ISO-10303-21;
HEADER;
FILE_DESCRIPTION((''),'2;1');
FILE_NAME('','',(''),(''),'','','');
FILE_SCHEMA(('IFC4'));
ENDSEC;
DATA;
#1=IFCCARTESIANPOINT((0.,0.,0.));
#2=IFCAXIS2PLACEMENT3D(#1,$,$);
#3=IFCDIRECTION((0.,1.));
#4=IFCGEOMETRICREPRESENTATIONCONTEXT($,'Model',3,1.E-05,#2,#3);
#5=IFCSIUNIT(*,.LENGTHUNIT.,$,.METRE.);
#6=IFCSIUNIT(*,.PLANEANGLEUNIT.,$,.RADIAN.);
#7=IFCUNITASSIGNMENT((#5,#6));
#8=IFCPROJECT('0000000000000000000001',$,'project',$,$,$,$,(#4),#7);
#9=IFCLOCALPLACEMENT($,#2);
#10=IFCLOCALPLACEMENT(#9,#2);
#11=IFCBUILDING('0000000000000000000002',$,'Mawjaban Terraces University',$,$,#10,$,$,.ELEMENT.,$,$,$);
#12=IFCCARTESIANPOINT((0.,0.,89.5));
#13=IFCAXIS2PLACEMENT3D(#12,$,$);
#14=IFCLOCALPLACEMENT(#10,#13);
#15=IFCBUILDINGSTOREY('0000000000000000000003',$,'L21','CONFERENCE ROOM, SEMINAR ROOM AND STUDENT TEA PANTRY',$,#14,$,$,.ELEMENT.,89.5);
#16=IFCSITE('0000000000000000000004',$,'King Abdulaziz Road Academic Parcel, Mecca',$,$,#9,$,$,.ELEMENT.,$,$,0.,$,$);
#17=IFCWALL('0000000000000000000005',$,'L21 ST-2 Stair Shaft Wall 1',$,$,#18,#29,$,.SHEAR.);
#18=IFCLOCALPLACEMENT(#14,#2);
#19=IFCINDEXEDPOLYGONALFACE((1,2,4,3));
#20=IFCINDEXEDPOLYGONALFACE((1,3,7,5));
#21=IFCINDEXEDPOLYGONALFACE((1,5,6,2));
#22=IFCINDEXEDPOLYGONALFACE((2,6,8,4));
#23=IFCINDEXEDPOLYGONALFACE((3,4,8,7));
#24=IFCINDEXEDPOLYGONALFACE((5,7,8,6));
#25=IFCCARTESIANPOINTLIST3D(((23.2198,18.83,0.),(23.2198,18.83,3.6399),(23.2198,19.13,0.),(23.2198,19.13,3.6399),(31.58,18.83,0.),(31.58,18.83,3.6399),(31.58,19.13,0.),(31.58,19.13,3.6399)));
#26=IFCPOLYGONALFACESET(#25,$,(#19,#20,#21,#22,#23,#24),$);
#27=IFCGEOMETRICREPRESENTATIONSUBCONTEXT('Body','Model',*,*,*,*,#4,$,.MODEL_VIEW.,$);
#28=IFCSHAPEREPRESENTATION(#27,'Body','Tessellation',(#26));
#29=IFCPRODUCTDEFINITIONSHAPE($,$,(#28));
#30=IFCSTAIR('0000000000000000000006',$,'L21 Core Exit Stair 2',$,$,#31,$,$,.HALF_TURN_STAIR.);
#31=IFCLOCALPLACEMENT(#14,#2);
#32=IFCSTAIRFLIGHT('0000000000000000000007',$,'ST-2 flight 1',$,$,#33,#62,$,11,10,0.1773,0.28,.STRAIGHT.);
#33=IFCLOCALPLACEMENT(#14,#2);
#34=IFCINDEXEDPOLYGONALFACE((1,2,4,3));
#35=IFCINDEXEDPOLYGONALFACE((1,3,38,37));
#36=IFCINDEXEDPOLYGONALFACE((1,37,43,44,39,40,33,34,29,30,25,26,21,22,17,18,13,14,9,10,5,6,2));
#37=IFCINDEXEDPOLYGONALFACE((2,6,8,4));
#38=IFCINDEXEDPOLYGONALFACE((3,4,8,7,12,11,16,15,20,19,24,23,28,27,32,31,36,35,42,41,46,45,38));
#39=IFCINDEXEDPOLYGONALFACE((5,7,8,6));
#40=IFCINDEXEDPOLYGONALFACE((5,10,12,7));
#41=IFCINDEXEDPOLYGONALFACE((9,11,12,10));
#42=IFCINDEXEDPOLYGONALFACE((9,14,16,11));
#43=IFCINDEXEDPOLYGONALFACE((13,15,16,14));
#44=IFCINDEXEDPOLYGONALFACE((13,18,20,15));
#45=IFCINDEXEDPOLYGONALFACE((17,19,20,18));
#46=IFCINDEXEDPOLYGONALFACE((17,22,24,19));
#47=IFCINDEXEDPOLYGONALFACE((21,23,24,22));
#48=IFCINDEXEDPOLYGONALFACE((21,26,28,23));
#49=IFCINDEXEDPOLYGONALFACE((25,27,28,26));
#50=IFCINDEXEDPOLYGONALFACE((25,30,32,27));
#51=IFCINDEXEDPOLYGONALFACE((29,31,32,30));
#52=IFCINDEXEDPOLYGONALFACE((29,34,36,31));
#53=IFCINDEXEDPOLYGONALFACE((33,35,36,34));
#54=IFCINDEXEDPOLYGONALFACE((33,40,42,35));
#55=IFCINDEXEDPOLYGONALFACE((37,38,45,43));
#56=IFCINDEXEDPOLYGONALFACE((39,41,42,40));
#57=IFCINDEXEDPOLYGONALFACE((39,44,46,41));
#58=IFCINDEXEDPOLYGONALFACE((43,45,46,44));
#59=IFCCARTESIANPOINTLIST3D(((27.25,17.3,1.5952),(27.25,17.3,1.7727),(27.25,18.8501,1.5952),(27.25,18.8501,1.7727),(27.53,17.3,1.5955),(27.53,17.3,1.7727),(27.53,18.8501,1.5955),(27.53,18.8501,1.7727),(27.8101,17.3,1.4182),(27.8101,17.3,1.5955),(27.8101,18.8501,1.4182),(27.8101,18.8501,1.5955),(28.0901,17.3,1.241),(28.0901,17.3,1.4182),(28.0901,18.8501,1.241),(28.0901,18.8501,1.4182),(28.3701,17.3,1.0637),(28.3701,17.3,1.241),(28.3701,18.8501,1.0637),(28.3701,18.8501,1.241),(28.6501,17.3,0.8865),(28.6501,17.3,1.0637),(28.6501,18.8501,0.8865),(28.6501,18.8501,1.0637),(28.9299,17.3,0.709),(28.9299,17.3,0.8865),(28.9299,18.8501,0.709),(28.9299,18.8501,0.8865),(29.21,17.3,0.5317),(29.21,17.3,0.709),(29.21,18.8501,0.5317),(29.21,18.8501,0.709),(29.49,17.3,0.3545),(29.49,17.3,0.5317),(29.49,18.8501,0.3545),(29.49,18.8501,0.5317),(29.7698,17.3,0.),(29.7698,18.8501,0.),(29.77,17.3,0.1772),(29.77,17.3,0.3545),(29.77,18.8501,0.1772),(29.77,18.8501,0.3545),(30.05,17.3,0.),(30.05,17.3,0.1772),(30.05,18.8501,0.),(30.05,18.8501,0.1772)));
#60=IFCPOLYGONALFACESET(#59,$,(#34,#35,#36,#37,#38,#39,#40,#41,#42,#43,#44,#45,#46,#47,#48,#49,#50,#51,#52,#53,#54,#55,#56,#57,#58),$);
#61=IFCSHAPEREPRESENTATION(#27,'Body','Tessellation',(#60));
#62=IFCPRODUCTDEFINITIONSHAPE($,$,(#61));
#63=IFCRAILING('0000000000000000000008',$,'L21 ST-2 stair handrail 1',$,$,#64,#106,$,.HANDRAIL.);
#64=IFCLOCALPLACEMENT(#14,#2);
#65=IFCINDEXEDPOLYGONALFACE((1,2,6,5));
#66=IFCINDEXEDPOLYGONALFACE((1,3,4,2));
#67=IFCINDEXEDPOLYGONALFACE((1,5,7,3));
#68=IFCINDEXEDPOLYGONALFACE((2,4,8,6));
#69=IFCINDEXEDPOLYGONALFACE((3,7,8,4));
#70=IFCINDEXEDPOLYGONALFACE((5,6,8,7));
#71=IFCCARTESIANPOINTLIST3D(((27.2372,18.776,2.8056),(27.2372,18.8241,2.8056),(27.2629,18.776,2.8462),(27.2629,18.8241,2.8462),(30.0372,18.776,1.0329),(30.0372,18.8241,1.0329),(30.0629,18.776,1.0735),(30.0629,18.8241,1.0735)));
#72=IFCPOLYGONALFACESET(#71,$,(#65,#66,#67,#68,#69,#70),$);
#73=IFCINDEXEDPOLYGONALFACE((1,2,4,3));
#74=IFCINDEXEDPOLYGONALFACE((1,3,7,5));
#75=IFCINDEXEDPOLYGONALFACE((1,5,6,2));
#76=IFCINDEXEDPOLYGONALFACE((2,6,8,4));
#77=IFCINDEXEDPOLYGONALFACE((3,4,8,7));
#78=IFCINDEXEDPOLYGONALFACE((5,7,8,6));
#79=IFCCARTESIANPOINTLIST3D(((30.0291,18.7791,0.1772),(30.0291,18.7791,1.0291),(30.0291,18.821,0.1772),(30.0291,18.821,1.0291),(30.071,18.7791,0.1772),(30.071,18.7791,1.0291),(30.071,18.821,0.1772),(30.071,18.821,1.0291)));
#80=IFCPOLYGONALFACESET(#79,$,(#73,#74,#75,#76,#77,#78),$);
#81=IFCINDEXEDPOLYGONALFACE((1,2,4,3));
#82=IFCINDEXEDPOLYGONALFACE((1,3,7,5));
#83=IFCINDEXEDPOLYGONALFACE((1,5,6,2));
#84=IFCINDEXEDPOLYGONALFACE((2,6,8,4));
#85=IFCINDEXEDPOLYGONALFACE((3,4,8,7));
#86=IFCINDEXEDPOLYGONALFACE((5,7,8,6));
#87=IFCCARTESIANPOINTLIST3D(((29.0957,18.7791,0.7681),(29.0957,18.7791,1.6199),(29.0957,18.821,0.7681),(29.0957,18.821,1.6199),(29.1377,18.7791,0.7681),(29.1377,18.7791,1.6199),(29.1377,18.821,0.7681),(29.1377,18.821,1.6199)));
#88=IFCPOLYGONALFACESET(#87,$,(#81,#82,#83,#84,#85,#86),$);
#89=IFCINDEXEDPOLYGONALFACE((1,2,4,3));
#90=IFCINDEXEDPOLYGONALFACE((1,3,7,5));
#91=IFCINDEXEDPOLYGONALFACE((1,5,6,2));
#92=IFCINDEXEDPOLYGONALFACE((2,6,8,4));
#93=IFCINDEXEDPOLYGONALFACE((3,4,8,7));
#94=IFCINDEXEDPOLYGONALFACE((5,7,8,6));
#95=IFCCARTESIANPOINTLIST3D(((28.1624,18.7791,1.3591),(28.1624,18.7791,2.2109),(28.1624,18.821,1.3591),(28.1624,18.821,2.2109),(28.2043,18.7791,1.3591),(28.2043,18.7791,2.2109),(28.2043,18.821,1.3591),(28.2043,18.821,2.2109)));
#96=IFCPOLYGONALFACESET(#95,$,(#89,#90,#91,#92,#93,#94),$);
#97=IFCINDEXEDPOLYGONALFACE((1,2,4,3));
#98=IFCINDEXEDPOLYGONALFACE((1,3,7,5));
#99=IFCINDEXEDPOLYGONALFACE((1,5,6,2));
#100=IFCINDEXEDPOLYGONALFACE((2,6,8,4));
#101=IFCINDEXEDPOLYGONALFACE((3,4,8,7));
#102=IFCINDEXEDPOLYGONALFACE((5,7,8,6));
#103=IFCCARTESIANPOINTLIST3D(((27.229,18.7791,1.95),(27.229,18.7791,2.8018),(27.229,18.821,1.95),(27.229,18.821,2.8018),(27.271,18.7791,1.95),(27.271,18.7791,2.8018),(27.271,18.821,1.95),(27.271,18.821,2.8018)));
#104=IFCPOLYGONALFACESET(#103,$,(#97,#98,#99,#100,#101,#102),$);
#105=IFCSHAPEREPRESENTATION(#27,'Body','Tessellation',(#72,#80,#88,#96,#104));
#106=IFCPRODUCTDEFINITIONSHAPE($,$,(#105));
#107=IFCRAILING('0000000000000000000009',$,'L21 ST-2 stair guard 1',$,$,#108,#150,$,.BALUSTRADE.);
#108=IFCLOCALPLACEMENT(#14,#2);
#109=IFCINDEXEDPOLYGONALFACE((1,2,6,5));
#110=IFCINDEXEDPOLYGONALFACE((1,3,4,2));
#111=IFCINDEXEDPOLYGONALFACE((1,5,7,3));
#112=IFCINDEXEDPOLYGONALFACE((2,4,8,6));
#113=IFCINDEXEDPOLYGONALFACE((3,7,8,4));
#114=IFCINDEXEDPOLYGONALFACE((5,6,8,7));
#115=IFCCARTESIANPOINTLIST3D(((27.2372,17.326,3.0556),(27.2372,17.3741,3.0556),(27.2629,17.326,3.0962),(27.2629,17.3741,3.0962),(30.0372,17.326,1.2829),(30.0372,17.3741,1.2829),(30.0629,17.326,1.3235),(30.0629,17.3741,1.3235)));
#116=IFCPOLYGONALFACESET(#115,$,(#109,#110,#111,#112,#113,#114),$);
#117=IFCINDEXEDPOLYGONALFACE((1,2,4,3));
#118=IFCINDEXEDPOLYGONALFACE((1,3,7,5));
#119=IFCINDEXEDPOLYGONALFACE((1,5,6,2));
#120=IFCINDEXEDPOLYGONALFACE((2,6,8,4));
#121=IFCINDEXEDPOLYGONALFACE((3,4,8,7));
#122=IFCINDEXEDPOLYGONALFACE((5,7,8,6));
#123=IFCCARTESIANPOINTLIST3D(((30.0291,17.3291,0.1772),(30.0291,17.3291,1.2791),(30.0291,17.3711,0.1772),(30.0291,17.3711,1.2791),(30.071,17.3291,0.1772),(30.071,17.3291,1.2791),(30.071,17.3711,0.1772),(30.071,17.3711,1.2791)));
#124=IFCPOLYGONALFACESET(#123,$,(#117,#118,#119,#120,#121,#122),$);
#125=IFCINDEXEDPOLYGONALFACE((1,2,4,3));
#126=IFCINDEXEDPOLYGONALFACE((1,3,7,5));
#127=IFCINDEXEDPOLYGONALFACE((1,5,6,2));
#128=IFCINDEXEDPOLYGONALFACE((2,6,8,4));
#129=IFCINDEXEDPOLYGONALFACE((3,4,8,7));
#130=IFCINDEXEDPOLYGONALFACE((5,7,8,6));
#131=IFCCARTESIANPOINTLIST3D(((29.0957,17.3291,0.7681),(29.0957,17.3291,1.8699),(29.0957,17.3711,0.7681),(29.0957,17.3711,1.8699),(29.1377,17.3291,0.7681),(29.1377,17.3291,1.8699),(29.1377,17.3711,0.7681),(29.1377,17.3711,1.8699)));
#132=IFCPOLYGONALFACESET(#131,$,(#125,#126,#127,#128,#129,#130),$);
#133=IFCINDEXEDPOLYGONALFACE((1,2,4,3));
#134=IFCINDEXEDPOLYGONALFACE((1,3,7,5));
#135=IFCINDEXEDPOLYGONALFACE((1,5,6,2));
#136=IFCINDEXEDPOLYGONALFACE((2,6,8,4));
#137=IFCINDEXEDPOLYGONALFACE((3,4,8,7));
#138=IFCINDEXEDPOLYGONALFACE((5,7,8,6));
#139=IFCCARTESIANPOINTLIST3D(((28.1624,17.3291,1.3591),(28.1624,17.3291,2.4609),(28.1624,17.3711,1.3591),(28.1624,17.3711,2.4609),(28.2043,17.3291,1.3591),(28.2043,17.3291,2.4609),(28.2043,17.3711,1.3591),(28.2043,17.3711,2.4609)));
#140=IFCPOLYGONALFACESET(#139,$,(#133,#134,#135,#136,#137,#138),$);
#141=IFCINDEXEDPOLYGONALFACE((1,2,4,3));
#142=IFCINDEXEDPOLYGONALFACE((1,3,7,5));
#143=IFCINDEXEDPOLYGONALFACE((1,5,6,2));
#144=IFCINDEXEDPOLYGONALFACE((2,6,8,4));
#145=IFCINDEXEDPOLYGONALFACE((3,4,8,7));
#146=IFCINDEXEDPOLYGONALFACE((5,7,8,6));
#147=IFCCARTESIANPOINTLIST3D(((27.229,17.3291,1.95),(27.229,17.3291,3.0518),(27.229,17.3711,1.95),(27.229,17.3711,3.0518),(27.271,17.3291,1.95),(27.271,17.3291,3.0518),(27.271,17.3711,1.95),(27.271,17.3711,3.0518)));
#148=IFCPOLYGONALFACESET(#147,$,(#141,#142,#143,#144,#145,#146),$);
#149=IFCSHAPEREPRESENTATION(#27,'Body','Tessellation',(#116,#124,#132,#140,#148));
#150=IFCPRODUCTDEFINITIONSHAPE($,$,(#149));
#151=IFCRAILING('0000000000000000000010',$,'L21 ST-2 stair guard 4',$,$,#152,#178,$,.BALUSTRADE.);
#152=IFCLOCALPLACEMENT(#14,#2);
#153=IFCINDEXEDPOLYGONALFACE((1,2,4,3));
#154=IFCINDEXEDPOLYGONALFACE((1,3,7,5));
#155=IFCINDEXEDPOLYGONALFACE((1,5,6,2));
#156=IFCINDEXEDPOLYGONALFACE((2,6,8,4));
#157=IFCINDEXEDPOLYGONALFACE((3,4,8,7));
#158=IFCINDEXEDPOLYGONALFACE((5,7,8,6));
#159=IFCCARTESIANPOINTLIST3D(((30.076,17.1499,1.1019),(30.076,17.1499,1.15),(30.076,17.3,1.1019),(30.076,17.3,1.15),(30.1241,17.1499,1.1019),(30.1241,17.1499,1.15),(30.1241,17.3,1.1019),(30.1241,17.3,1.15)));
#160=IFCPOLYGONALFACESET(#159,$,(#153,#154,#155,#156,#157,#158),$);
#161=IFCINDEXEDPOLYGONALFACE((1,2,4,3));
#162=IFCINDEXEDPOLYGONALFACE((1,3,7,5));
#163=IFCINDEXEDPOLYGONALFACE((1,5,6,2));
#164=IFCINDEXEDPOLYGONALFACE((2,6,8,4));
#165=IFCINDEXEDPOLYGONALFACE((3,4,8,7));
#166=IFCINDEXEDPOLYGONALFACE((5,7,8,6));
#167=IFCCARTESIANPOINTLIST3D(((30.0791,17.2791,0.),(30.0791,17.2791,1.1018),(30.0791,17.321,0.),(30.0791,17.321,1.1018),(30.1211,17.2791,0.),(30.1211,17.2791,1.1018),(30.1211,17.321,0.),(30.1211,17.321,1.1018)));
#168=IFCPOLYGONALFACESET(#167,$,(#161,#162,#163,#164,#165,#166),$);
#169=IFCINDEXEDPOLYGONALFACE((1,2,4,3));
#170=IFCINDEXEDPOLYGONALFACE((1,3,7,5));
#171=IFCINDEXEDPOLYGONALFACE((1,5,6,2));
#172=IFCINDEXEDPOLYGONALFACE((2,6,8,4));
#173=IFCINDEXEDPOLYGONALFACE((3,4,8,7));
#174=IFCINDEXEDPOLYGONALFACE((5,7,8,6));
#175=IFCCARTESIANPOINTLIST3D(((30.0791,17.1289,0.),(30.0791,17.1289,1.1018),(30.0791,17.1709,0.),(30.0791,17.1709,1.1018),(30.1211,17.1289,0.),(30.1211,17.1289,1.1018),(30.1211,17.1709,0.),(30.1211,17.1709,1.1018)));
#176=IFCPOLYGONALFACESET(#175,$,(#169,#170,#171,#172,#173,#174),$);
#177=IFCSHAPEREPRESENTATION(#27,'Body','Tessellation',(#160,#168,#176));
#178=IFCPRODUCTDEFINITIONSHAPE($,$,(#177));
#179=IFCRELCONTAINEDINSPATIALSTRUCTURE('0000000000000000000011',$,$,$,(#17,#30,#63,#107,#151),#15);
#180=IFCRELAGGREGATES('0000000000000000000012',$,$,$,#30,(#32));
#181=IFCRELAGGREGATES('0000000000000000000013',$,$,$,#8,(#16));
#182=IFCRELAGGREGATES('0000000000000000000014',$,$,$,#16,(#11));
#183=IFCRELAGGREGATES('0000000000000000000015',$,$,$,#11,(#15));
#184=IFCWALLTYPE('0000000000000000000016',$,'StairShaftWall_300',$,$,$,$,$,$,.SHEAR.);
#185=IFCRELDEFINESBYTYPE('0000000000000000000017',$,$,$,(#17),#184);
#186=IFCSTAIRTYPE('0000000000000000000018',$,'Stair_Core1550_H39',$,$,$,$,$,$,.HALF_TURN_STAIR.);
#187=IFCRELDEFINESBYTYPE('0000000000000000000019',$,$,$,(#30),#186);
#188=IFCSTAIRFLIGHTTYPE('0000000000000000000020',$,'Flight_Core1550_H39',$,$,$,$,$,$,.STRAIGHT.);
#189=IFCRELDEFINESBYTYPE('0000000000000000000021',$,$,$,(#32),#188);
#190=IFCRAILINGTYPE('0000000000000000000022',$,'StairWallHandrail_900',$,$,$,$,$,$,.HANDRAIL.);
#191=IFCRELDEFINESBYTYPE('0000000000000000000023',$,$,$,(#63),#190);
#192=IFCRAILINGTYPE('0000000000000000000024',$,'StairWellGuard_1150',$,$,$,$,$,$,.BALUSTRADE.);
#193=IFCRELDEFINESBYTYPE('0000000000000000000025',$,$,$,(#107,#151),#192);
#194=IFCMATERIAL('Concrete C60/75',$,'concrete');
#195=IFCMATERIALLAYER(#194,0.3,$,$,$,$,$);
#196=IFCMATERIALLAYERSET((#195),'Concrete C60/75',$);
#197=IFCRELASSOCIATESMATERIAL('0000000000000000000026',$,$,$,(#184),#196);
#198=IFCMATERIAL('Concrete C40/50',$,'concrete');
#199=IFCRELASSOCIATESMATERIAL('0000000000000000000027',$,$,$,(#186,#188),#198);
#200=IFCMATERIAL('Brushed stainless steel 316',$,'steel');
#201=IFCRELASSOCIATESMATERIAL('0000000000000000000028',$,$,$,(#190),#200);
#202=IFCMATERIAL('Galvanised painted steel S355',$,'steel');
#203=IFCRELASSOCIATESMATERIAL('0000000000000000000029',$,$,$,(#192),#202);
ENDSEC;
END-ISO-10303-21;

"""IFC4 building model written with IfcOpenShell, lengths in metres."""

from ifc_helpers import new_model, si_unit, direction, frame, frame_2d, origin, origin_2d, place, context, subcontext, project, spatial, polyline, rectangle, outline, extrude, material, layer, layer_set, type_object, element, aggregate, save


model = new_model("IFC4")

# Units and contexts
model_context = context("Model", 3, precision=1e-05, world=origin(), true_north=direction((0.0, 1.0)))
body_context = subcontext(model_context, "Body", "Model", "MODEL_VIEW")
ifc_project = project(units=[si_unit("LENGTHUNIT", "METRE"), si_unit("PLANEANGLEUNIT", "RADIAN")], contexts=[model_context])

# Site, building, storey
site_placement = place(None, origin())
site = spatial("IfcSite", under=ifc_project, at=site_placement, Name="King Abdulaziz Road Academic Parcel, Mecca", CompositionType="ELEMENT", RefElevation=0.0)
building_placement = place(site_placement, origin())
building = spatial("IfcBuilding", under=site, at=building_placement, Name="Mawjaban Terraces University", CompositionType="ELEMENT")
storey_placement = place(building_placement, frame((0.0, 0.0, 89.5)))
storey = spatial("IfcBuildingStorey", under=building, at=storey_placement, Name="L21", Description="CONFERENCE ROOM, SEMINAR ROOM AND STUDENT TEA PANTRY", CompositionType="ELEMENT", Elevation=89.5)

# Shared definitions
ifc_material_1 = material(Name="Concrete C40/50", Category="concrete")

# Wall
ifc_material_2 = material(Name="Concrete C60/75", Category="concrete")
ifc_layer_1 = layer(ifc_material_2, 0.3)
ifc_layer_set_1 = layer_set([ifc_layer_1], Name="Concrete C60/75")
wall_type_1 = type_object("IfcWallType", Name="StairShaftWall_300", PredefinedType="SHEAR", material=ifc_layer_set_1)
wall_1_placement = place(storey_placement, frame((31.5801, 18.98, 0.0), z_axis=(0.0, 0.0, 1.0), x_axis=(-1.0, 0.0, 0.0)))
element("IfcWall", 1, at=wall_1_placement, inside=storey, type_object=wall_type_1, Name="L21 ST-2 Stair Shaft Wall 1", PredefinedType="SHEAR", context=body_context, shape_type="SweptSolid", body=[
    extrude(rectangle(XDim=8.3601, YDim=0.3, at=frame_2d((4.1802, 0.0))), origin(), (0.0, 0.0, 1.0), 3.6399),
])

# Stair, stair flight
stair_type = type_object("IfcStairType", Name="Stair_Core1550_H39", PredefinedType="HALF_TURN_STAIR", material=ifc_material_1)
stair_placement = place(storey_placement, origin())
stair = element("IfcStair", 2, at=stair_placement, inside=storey, type_object=stair_type, Name="L21 Core Exit Stair 2", PredefinedType="HALF_TURN_STAIR")
stair_flight_type = type_object("IfcStairFlightType", Name="Flight_Core1550_H39", PredefinedType="STRAIGHT", material=ifc_material_1)
stair_flight_placement = place(storey_placement, frame((30.05, 18.075, 0.0), z_axis=(0.0, 0.0, 1.0), x_axis=(-1.0, 0.0, 0.0)))
stair_flight = element("IfcStairFlight", 3, at=stair_flight_placement, type_object=stair_flight_type, Name="ST-2 flight 1", NumberOfRisers=11, NumberOfTreads=10, PredefinedType="STRAIGHT", RiserHeight=0.1773, TreadLength=0.28, context=body_context, shape_type="SweptSolid", body=[
    extrude(outline(polyline([(0.0, 0.0), (0.0, 0.1772), (0.28, 0.1772), (0.28, 0.3545), (0.5601, 0.3545), (0.5601, 0.5317), (0.8401, 0.5317), (0.8401, 0.709), (1.1201, 0.709), (1.1201, 0.8865), (1.3999, 0.8865), (1.3999, 1.0637), (1.6799, 1.0637), (1.6799, 1.241), (1.96, 1.241), (1.96, 1.4182), (2.24, 1.4182), (2.24, 1.5955), (2.52, 1.5955), (2.52, 1.7727), (2.8, 1.7727), (2.8, 1.95), (2.8, 1.5952), (0.2803, 0.0), (0.0, 0.0)])), frame((0.0, 0.7749, 0.0), z_axis=(0.0, -1.0, 0.0), x_axis=(1.0, 0.0, 0.0)), (0.0, 0.0, 1.0), 1.55),
])
aggregate(stair, [stair_flight])

# Railings
ifc_material_3 = material(Name="Brushed stainless steel 316", Category="steel")
railing_type_1 = type_object("IfcRailingType", Name="StairWallHandrail_900", PredefinedType="HANDRAIL", material=ifc_material_3)
railing_1_placement = place(storey_placement, frame((30.05, 18.8, 0.1772)))
element("IfcRailing", 4, at=railing_1_placement, inside=storey, type_object=railing_type_1, Name="L21 ST-2 stair handrail 1", PredefinedType="HANDRAIL", context=body_context, shape_type="SweptSolid", body=[
    extrude(rectangle(XDim=0.0481, YDim=0.0481, at=origin_2d()), frame((0.0, 0.0, 0.876), z_axis=(-0.844909, 0.0, 0.53491), x_axis=(0.0, -1.0, 0.0)), (0.0, 0.0, 1.0), 3.314),
    extrude(rectangle(XDim=0.042, YDim=0.042, at=origin_2d()), origin(), (0.0, 0.0, 1.0), 0.8518),
    extrude(rectangle(XDim=0.042, YDim=0.042, at=origin_2d()), frame((-0.9333, 0.0, 0.5908)), (0.0, 0.0, 1.0), 0.8518),
    extrude(rectangle(XDim=0.042, YDim=0.042, at=origin_2d()), frame((-1.8667, 0.0, 1.1819)), (0.0, 0.0, 1.0), 0.8518),
    extrude(rectangle(XDim=0.042, YDim=0.042, at=origin_2d()), frame((-2.8, 0.0, 1.7727)), (0.0, 0.0, 1.0), 0.8518),
])
ifc_material_4 = material(Name="Galvanised painted steel S355", Category="steel")
railing_type_2 = type_object("IfcRailingType", Name="StairWellGuard_1150", PredefinedType="BALUSTRADE", material=ifc_material_4)
railing_2_placement = place(storey_placement, frame((30.05, 17.3501, 0.1772)))
element("IfcRailing", 5, at=railing_2_placement, inside=storey, type_object=railing_type_2, Name="L21 ST-2 stair guard 1", PredefinedType="BALUSTRADE", context=body_context, shape_type="SweptSolid", body=[
    extrude(rectangle(XDim=0.0481, YDim=0.0481, at=origin_2d()), frame((0.0, 0.0, 1.126), z_axis=(-0.844909, 0.0, 0.53491), x_axis=(0.0, -1.0, 0.0)), (0.0, 0.0, 1.0), 3.314),
    extrude(rectangle(XDim=0.042, YDim=0.042, at=origin_2d()), origin(), (0.0, 0.0, 1.0), 1.1018),
    extrude(rectangle(XDim=0.042, YDim=0.042, at=origin_2d()), frame((-0.9333, 0.0, 0.5908)), (0.0, 0.0, 1.0), 1.1018),
    extrude(rectangle(XDim=0.042, YDim=0.042, at=origin_2d()), frame((-1.8667, 0.0, 1.1819)), (0.0, 0.0, 1.0), 1.1018),
    extrude(rectangle(XDim=0.042, YDim=0.042, at=origin_2d()), frame((-2.8, 0.0, 1.7727)), (0.0, 0.0, 1.0), 1.1018),
])
railing_3_placement = place(storey_placement, frame((30.1001, 17.3, 0.0)))
element("IfcRailing", 6, at=railing_3_placement, inside=storey, type_object=railing_type_2, Name="L21 ST-2 stair guard 4", PredefinedType="BALUSTRADE", context=body_context, shape_type="SweptSolid", body=[
    extrude(rectangle(XDim=0.0481, YDim=0.0481, at=origin_2d()), frame((0.0, 0.0, 1.126), z_axis=(0.0, -1.0, 0.0), x_axis=(1.0, 0.0, 0.0)), (0.0, 0.0, 1.0), 0.1501),
    extrude(rectangle(XDim=0.042, YDim=0.042, at=origin_2d()), origin(), (0.0, 0.0, 1.0), 1.1018),
    extrude(rectangle(XDim=0.042, YDim=0.042, at=origin_2d()), frame((0.0, -0.1501, 0.0)), (0.0, 0.0, 1.0), 1.1018),
])

save(model, "model.ifc")
